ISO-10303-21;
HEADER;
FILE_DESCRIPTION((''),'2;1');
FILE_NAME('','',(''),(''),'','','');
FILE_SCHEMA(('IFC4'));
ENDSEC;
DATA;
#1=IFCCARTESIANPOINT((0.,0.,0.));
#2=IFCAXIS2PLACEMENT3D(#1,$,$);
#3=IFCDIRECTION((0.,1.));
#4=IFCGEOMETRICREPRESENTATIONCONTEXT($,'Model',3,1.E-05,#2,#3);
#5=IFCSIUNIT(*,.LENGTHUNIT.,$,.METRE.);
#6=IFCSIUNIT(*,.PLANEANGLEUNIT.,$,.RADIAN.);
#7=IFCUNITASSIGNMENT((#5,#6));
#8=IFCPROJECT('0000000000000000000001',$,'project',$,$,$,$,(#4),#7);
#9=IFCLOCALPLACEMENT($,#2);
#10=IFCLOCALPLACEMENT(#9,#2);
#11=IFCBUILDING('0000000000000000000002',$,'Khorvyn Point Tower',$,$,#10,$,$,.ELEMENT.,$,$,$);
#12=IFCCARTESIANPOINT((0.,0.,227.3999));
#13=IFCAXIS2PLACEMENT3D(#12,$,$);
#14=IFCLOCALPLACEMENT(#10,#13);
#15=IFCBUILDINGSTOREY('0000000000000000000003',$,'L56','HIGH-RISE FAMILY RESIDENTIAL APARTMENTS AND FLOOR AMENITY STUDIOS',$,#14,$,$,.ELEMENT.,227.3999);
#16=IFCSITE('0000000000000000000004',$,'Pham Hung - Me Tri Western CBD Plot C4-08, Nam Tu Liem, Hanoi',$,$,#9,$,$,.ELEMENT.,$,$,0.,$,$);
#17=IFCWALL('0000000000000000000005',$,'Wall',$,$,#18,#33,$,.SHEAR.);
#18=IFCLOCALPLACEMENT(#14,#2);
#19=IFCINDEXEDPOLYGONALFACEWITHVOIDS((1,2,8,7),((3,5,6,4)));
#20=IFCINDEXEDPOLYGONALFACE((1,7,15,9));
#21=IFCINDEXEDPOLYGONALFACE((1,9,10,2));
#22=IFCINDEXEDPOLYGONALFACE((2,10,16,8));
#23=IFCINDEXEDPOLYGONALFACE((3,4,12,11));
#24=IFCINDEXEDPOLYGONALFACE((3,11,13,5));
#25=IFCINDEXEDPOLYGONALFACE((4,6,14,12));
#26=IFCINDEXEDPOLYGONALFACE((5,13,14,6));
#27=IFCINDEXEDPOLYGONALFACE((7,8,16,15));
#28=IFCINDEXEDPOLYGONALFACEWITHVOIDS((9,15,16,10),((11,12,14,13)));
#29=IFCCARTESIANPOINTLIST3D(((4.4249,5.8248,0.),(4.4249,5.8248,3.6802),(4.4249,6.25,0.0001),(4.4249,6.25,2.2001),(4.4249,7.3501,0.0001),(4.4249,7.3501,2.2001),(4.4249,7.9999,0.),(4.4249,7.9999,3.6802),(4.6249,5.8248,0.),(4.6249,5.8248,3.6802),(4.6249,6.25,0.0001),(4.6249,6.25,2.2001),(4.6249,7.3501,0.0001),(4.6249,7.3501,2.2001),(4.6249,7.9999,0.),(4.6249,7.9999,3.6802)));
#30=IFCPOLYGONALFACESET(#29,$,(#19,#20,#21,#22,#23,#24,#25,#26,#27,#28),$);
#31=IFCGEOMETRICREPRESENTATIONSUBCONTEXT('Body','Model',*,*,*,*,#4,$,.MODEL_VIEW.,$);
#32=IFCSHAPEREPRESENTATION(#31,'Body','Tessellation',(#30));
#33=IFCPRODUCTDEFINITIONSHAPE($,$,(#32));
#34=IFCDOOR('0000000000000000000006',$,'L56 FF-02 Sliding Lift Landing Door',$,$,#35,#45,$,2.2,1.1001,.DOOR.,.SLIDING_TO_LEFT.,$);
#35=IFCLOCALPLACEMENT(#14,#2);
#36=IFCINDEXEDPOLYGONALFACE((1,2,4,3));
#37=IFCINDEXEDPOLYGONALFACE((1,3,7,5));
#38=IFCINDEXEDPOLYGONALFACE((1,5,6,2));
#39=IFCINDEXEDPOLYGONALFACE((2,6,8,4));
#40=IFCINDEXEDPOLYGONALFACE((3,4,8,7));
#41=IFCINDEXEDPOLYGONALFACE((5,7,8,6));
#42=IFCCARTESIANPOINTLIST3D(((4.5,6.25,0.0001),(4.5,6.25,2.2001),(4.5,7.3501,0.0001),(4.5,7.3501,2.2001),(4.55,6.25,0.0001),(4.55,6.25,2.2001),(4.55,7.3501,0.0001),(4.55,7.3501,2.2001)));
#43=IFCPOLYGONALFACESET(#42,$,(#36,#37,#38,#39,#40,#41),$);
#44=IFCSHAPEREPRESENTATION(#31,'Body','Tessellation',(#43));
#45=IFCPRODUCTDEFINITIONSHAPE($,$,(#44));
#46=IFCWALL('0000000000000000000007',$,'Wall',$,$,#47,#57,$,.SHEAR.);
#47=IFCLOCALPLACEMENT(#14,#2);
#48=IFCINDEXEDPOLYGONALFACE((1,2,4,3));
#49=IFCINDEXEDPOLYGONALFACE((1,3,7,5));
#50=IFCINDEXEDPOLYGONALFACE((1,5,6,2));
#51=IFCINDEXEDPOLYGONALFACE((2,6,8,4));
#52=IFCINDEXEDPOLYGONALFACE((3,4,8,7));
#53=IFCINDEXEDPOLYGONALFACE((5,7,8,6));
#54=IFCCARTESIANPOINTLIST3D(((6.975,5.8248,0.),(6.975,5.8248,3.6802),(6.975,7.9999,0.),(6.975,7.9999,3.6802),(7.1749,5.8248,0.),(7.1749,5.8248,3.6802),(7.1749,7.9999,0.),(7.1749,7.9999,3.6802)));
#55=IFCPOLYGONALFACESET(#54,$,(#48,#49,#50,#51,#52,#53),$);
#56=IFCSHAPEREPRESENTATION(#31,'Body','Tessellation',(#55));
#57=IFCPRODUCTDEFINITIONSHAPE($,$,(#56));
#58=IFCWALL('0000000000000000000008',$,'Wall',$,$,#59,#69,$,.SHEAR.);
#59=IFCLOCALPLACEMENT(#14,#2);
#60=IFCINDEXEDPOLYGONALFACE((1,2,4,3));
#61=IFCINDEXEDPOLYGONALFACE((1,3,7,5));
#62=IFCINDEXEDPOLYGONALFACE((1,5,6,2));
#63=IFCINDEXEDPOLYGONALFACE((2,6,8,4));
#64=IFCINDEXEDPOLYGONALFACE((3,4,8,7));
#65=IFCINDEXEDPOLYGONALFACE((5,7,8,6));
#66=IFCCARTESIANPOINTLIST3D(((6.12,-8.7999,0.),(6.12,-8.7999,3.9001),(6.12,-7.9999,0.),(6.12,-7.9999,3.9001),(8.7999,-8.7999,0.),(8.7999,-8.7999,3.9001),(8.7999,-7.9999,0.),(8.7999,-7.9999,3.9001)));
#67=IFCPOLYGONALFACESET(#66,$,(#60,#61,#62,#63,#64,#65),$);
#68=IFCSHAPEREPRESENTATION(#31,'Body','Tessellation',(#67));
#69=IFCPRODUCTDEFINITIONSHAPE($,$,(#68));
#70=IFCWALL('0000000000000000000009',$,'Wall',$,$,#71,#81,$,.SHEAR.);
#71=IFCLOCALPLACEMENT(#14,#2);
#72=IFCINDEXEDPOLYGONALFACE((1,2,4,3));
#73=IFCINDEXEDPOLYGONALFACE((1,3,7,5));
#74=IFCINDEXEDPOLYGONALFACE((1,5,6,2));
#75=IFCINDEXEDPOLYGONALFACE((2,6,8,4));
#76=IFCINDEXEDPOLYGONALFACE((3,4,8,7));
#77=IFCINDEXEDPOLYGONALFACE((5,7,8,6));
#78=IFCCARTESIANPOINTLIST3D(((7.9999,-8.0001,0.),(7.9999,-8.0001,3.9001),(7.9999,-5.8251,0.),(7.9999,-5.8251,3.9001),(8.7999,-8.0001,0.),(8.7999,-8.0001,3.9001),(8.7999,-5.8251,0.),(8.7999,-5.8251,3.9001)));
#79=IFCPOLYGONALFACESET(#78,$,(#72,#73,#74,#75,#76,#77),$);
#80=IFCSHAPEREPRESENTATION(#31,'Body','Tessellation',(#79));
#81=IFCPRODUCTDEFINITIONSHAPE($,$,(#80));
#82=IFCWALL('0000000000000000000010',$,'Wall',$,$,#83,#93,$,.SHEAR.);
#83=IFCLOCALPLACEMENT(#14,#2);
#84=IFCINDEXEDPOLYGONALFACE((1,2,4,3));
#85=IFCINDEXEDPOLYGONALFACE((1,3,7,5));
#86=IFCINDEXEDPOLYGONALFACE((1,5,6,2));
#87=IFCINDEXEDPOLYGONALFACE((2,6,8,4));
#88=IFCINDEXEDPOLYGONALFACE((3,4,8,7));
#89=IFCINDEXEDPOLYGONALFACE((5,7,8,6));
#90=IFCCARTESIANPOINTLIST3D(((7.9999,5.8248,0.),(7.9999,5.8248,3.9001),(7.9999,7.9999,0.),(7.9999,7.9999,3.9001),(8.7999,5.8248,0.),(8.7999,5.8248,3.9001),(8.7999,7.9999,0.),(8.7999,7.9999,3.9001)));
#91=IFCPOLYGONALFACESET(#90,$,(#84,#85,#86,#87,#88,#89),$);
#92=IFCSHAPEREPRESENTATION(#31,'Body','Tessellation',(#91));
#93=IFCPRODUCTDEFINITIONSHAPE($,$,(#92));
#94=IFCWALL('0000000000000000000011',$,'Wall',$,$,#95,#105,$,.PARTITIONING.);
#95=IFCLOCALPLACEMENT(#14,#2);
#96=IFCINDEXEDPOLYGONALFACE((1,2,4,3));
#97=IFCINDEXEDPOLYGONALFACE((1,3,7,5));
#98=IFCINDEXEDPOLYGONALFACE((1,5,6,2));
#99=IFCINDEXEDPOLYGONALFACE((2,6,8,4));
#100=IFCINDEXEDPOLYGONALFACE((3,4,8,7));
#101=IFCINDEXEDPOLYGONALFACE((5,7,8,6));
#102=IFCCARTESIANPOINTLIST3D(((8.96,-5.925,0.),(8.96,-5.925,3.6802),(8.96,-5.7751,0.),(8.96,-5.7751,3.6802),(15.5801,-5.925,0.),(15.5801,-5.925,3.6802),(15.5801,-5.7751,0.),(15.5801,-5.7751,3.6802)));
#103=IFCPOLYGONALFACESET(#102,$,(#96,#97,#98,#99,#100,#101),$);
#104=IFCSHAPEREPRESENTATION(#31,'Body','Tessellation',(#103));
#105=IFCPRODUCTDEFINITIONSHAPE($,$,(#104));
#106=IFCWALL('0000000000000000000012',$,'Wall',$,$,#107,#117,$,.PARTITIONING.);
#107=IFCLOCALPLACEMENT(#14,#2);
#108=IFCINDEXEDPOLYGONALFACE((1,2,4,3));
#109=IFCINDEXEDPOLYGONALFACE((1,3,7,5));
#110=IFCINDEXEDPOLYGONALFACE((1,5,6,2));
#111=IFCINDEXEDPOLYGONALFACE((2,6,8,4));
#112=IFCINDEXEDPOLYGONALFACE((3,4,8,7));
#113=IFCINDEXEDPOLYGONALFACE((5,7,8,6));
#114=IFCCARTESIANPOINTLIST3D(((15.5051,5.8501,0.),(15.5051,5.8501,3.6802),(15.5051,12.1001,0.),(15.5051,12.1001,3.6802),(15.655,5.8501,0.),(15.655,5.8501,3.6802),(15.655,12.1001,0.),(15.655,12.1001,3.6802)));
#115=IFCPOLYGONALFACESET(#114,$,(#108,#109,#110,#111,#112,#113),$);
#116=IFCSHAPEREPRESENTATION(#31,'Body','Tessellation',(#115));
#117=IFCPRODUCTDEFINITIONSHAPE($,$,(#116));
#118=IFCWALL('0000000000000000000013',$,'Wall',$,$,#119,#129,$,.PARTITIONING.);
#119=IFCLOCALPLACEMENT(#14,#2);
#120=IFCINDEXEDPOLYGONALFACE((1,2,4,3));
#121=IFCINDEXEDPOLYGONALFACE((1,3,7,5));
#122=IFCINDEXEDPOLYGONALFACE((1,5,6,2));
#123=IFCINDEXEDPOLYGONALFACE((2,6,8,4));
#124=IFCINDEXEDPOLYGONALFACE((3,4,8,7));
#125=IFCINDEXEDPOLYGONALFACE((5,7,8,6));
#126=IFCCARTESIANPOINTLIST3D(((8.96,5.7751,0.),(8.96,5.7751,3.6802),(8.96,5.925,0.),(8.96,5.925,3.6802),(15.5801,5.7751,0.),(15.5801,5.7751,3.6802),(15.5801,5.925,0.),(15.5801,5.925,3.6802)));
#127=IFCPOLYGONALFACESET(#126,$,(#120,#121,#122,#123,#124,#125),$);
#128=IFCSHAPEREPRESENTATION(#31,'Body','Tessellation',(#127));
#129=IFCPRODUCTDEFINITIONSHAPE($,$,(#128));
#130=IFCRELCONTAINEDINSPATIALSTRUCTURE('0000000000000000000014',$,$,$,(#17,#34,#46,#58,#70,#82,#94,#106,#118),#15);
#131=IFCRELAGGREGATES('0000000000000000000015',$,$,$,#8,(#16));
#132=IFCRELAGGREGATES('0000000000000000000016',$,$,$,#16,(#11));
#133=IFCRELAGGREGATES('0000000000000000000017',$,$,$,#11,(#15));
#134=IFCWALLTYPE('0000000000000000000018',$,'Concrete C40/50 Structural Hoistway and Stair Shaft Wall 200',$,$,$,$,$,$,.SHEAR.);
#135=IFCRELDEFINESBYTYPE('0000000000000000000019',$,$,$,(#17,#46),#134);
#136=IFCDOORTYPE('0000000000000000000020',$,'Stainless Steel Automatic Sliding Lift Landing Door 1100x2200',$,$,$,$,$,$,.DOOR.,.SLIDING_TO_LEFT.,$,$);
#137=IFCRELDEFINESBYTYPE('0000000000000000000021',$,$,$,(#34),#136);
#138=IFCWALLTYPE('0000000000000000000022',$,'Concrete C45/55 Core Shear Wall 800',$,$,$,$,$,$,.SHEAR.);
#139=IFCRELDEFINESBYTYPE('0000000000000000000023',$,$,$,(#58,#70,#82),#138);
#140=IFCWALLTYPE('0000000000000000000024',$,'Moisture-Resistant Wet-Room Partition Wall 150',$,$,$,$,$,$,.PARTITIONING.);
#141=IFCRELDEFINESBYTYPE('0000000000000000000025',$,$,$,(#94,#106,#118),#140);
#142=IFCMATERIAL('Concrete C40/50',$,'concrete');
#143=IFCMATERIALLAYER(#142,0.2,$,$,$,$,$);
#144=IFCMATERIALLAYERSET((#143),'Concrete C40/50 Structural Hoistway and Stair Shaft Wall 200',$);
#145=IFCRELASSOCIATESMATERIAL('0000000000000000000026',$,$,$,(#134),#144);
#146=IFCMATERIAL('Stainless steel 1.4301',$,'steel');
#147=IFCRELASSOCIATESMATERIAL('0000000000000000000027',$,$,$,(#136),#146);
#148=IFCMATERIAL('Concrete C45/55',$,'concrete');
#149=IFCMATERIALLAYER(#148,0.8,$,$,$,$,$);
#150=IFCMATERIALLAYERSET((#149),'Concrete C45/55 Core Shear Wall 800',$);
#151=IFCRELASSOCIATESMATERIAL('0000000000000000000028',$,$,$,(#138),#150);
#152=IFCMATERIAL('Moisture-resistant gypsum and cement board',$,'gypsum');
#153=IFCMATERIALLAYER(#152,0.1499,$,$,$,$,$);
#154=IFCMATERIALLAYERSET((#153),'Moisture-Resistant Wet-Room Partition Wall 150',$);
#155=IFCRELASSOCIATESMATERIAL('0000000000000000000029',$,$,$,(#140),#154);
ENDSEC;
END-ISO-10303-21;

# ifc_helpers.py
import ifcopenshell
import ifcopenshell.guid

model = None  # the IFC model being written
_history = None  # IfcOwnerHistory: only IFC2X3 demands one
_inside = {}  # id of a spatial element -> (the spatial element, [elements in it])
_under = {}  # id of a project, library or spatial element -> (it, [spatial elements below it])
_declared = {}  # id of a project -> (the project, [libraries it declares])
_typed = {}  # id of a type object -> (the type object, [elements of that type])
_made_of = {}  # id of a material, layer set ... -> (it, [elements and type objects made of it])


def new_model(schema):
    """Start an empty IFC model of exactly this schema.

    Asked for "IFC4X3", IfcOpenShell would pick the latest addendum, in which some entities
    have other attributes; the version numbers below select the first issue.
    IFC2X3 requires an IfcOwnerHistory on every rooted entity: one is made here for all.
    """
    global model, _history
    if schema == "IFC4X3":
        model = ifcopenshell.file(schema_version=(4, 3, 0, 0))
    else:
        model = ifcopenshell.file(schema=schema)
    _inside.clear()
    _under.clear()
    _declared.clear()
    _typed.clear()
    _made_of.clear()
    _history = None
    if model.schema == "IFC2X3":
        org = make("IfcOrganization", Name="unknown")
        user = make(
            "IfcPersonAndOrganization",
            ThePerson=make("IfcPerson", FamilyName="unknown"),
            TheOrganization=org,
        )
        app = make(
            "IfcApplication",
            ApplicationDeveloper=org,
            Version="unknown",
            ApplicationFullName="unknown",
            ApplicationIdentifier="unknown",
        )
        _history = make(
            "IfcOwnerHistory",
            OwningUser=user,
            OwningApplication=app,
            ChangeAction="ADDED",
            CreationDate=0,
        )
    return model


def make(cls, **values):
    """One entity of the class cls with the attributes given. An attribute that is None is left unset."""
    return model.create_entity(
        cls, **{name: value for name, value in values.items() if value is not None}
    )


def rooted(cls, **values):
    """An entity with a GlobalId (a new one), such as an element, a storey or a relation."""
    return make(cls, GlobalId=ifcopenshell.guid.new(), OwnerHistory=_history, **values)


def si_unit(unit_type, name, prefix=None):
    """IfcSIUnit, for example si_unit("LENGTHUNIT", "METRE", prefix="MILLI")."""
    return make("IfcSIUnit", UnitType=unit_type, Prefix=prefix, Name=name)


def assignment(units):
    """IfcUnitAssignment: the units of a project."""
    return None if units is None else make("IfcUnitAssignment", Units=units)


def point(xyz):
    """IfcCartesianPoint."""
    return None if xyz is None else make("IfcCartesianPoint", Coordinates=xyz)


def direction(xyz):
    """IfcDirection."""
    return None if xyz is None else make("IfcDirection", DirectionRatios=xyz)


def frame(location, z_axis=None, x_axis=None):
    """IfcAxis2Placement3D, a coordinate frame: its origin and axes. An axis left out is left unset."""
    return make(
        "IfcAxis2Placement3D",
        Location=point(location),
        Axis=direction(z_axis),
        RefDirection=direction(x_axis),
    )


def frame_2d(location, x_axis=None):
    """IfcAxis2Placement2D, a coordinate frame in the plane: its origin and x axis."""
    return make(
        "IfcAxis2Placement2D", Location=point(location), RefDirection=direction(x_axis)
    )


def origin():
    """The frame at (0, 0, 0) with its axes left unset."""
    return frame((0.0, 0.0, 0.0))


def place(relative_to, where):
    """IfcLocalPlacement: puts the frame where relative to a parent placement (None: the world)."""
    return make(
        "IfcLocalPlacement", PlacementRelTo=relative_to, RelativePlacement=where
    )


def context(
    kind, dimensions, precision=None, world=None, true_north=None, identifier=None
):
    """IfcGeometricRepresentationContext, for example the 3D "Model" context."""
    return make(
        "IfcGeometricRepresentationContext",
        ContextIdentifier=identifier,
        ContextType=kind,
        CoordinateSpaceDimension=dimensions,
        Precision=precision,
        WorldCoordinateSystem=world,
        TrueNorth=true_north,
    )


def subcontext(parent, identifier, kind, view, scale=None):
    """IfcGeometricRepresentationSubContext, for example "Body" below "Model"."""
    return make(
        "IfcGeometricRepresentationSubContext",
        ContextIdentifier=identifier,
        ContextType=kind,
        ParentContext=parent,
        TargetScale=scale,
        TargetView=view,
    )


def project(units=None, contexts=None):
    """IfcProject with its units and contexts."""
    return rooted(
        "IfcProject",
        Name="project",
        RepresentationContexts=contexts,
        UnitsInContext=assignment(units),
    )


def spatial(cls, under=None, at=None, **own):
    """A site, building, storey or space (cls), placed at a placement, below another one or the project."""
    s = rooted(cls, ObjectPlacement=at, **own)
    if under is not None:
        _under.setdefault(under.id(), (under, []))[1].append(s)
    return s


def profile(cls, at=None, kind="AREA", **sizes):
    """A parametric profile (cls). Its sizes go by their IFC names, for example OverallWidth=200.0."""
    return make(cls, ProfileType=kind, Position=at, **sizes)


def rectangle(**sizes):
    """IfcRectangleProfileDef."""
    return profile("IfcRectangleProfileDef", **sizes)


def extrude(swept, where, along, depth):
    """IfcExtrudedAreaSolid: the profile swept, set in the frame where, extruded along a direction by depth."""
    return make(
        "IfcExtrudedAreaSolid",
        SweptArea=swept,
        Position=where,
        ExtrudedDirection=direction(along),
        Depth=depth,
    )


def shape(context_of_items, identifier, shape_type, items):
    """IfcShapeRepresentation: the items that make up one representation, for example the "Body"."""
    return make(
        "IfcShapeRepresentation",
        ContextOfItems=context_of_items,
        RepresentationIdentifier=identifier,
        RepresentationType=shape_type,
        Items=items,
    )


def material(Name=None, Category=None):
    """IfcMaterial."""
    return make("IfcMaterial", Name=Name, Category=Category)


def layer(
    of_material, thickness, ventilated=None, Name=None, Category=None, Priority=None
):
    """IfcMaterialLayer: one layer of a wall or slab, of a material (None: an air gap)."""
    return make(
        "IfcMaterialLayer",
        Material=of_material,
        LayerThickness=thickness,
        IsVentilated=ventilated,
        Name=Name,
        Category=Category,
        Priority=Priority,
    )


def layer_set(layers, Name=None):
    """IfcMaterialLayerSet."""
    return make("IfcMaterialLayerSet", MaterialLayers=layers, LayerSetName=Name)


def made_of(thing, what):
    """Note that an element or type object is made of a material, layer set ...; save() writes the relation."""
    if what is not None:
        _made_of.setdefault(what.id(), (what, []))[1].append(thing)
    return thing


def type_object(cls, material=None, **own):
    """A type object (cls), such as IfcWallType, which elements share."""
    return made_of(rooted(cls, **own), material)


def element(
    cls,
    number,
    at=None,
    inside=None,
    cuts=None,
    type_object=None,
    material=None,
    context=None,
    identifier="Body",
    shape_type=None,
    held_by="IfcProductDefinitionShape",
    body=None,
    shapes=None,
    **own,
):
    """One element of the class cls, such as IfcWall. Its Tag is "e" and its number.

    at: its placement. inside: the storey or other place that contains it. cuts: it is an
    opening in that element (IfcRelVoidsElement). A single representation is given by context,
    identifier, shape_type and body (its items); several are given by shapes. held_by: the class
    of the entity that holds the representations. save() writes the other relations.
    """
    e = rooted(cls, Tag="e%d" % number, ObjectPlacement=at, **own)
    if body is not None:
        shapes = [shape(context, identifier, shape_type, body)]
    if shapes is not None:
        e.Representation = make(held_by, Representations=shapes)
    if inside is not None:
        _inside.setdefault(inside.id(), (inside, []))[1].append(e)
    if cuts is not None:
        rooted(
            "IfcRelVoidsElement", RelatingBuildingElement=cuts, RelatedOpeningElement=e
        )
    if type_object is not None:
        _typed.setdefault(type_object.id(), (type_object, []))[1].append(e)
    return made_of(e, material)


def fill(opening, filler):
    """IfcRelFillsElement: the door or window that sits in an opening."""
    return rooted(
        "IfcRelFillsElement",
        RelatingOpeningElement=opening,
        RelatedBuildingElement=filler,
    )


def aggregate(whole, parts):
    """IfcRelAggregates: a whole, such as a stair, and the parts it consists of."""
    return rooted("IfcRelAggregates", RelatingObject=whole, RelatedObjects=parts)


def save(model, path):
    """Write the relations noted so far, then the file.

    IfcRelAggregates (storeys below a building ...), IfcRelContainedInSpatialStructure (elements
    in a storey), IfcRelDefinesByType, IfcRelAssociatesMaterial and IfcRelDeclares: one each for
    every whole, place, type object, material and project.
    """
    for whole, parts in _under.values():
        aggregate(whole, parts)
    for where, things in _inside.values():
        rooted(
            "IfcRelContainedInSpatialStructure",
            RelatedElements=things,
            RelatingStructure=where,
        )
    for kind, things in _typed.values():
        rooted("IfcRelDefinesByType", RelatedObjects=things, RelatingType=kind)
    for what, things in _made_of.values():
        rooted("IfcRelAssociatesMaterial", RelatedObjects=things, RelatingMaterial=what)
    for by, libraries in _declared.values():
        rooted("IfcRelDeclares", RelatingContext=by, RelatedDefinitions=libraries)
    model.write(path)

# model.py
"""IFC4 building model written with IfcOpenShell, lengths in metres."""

from ifc_helpers import new_model, si_unit, direction, frame, frame_2d, origin, place, context, subcontext, project, spatial, rectangle, extrude, material, layer, layer_set, type_object, element, fill, save


model = new_model("IFC4")

# Units and contexts
model_context = context("Model", 3, precision=1e-05, world=origin(), true_north=direction((0.0, 1.0)))
body_context = subcontext(model_context, "Body", "Model", "MODEL_VIEW")
ifc_project = project(units=[si_unit("LENGTHUNIT", "METRE"), si_unit("PLANEANGLEUNIT", "RADIAN")], contexts=[model_context])

# Site, building, storey
site_placement = place(None, origin())
site = spatial("IfcSite", under=ifc_project, at=site_placement, Name="Pham Hung - Me Tri Western CBD Plot C4-08, Nam Tu Liem, Hanoi", CompositionType="ELEMENT", RefElevation=0.0)
building_placement = place(site_placement, origin())
building = spatial("IfcBuilding", under=site, at=building_placement, Name="Khorvyn Point Tower", CompositionType="ELEMENT")
storey_placement = place(building_placement, frame((0.0, 0.0, 227.3999)))
storey = spatial("IfcBuildingStorey", under=building, at=storey_placement, Name="L56", Description="HIGH-RISE FAMILY RESIDENTIAL APARTMENTS AND FLOOR AMENITY STUDIOS", CompositionType="ELEMENT", Elevation=227.3999)

# Shared definitions
ifc_material_1 = material(Name="Concrete C45/55", Category="concrete")

# Shared definitions
ifc_material_2 = material(Name="Concrete C40/50", Category="concrete")

# Wall, opening, door
ifc_layer_1 = layer(ifc_material_2, 0.2)
ifc_layer_set_1 = layer_set([ifc_layer_1], Name="Concrete C40/50 Structural Hoistway and Stair Shaft Wall 200")
wall_type_1 = type_object("IfcWallType", Name="Concrete C40/50 Structural Hoistway and Stair Shaft Wall 200", PredefinedType="SHEAR", material=ifc_layer_set_1)
wall_1_placement = place(storey_placement, frame((4.5249, 5.825, 0.0), z_axis=(0.0, 0.0, 1.0), x_axis=(0.0, 1.0, 0.0)))
wall_1 = element("IfcWall", 1, at=wall_1_placement, inside=storey, type_object=wall_type_1, Name="Wall", PredefinedType="SHEAR", context=body_context, shape_type="SweptSolid", body=[
    extrude(rectangle(XDim=2.175, YDim=0.2, at=frame_2d((1.0874, 0.0))), origin(), (0.0, 0.0, 1.0), 3.6802),
])
opening_1_placement = place(wall_1_placement, frame((0.425, 0.0, 0.0)))
opening_1 = element("IfcOpeningElement", 2, at=opening_1_placement, cuts=wall_1, PredefinedType="OPENING", context=body_context, shape_type="SweptSolid", body=[
    extrude(rectangle(XDim=1.1001, YDim=2.2, at=frame_2d((0.55, 1.1001))), frame((0.0, 0.1099, 0.0), z_axis=(0.0, -1.0, 0.0), x_axis=(1.0, 0.0, 0.0)), (0.0, 0.0, 1.0), 0.22),
])
ifc_material_3 = material(Name="Stainless steel 1.4301", Category="steel")
door_type_1 = type_object("IfcDoorType", Name="Stainless Steel Automatic Sliding Lift Landing Door 1100x2200", OperationType="SLIDING_TO_LEFT", PredefinedType="DOOR", material=ifc_material_3)
door_1_placement = place(opening_1_placement, origin())
door_1 = element("IfcDoor", 3, at=door_1_placement, inside=storey, type_object=door_type_1, Name="L56 FF-02 Sliding Lift Landing Door", OperationType="SLIDING_TO_LEFT", OverallHeight=2.2, OverallWidth=1.1001, PredefinedType="DOOR", context=body_context, shape_type="SweptSolid", body=[
    extrude(rectangle(XDim=1.1001, YDim=2.2, at=frame_2d((0.55, 1.1001))), frame((0.0, 0.0249, 0.0), z_axis=(0.0, -1.0, 0.0), x_axis=(1.0, 0.0, 0.0)), (0.0, 0.0, 1.0), 0.05),
])
fill(opening_1, door_1)

# Walls
wall_2_placement = place(storey_placement, frame((7.075, 5.825, 0.0), z_axis=(0.0, 0.0, 1.0), x_axis=(0.0, 1.0, 0.0)))
element("IfcWall", 4, at=wall_2_placement, inside=storey, type_object=wall_type_1, Name="Wall", PredefinedType="SHEAR", context=body_context, shape_type="SweptSolid", body=[
    extrude(rectangle(XDim=2.175, YDim=0.2, at=frame_2d((1.0874, 0.0))), origin(), (0.0, 0.0, 1.0), 3.6802),
])
ifc_layer_2 = layer(ifc_material_1, 0.8)
ifc_layer_set_2 = layer_set([ifc_layer_2], Name="Concrete C45/55 Core Shear Wall 800")
wall_type_2 = type_object("IfcWallType", Name="Concrete C45/55 Core Shear Wall 800", PredefinedType="SHEAR", material=ifc_layer_set_2)
wall_3_placement = place(storey_placement, frame((6.1201, -8.3999, 0.0), z_axis=(0.0, 0.0, 1.0), x_axis=(1.0, 0.0, 0.0)))
element("IfcWall", 5, at=wall_3_placement, inside=storey, type_object=wall_type_2, Name="Wall", PredefinedType="SHEAR", context=body_context, shape_type="SweptSolid", body=[
    extrude(rectangle(XDim=2.6799, YDim=0.8, at=frame_2d((1.3398, 0.0))), origin(), (0.0, 0.0, 1.0), 3.9001),
])
for number, where, z_axis, x_axis, name in (
    (6, (8.3999, -8.0, 0.0), (0.0, 0.0, 1.0), (0.0, 1.0, 0.0), "Wall"),
    (7, (8.3999, 5.825, 0.0), (0.0, 0.0, 1.0), (0.0, 1.0, 0.0), "Wall"),
):
    element("IfcWall", number, at=place(storey_placement, frame(where, z_axis=z_axis, x_axis=x_axis)), inside=storey, type_object=wall_type_2, Name=name, PredefinedType="SHEAR", context=body_context, shape_type="SweptSolid", body=[
        extrude(rectangle(XDim=2.175, YDim=0.8, at=frame_2d((1.0874, 0.0))), origin(), (0.0, 0.0, 1.0), 3.9001),
    ])
ifc_material_4 = material(Name="Moisture-resistant gypsum and cement board", Category="gypsum")
ifc_layer_3 = layer(ifc_material_4, 0.1499)
ifc_layer_set_3 = layer_set([ifc_layer_3], Name="Moisture-Resistant Wet-Room Partition Wall 150")
wall_type_3 = type_object("IfcWallType", Name="Moisture-Resistant Wet-Room Partition Wall 150", PredefinedType="PARTITIONING", material=ifc_layer_set_3)
wall_4_placement = place(storey_placement, frame((8.96, -5.8501, 0.0), z_axis=(0.0, 0.0, 1.0), x_axis=(1.0, 0.0, 0.0)))
element("IfcWall", 8, at=wall_4_placement, inside=storey, type_object=wall_type_3, Name="Wall", PredefinedType="PARTITIONING", context=body_context, shape_type="SweptSolid", body=[
    extrude(rectangle(XDim=6.6201, YDim=0.1499, at=frame_2d((3.3101, 0.0))), origin(), (0.0, 0.0, 1.0), 3.6802),
])
wall_5_placement = place(storey_placement, frame((15.5801, 5.8501, 0.0), z_axis=(0.0, 0.0, 1.0), x_axis=(0.0, 1.0, 0.0)))
element("IfcWall", 9, at=wall_5_placement, inside=storey, type_object=wall_type_3, Name="Wall", PredefinedType="PARTITIONING", context=body_context, shape_type="SweptSolid", body=[
    extrude(rectangle(XDim=6.25, YDim=0.1499, at=frame_2d((3.125, 0.0))), origin(), (0.0, 0.0, 1.0), 3.6802),
])
wall_6_placement = place(storey_placement, frame((8.96, 5.8501, 0.0), z_axis=(0.0, 0.0, 1.0), x_axis=(1.0, 0.0, 0.0)))
element("IfcWall", 10, at=wall_6_placement, inside=storey, type_object=wall_type_3, Name="Wall", PredefinedType="PARTITIONING", context=body_context, shape_type="SweptSolid", body=[
    extrude(rectangle(XDim=6.6201, YDim=0.1499, at=frame_2d((3.3101, 0.0))), origin(), (0.0, 0.0, 1.0), 3.6802),
])

save(model, "model.ifc")
